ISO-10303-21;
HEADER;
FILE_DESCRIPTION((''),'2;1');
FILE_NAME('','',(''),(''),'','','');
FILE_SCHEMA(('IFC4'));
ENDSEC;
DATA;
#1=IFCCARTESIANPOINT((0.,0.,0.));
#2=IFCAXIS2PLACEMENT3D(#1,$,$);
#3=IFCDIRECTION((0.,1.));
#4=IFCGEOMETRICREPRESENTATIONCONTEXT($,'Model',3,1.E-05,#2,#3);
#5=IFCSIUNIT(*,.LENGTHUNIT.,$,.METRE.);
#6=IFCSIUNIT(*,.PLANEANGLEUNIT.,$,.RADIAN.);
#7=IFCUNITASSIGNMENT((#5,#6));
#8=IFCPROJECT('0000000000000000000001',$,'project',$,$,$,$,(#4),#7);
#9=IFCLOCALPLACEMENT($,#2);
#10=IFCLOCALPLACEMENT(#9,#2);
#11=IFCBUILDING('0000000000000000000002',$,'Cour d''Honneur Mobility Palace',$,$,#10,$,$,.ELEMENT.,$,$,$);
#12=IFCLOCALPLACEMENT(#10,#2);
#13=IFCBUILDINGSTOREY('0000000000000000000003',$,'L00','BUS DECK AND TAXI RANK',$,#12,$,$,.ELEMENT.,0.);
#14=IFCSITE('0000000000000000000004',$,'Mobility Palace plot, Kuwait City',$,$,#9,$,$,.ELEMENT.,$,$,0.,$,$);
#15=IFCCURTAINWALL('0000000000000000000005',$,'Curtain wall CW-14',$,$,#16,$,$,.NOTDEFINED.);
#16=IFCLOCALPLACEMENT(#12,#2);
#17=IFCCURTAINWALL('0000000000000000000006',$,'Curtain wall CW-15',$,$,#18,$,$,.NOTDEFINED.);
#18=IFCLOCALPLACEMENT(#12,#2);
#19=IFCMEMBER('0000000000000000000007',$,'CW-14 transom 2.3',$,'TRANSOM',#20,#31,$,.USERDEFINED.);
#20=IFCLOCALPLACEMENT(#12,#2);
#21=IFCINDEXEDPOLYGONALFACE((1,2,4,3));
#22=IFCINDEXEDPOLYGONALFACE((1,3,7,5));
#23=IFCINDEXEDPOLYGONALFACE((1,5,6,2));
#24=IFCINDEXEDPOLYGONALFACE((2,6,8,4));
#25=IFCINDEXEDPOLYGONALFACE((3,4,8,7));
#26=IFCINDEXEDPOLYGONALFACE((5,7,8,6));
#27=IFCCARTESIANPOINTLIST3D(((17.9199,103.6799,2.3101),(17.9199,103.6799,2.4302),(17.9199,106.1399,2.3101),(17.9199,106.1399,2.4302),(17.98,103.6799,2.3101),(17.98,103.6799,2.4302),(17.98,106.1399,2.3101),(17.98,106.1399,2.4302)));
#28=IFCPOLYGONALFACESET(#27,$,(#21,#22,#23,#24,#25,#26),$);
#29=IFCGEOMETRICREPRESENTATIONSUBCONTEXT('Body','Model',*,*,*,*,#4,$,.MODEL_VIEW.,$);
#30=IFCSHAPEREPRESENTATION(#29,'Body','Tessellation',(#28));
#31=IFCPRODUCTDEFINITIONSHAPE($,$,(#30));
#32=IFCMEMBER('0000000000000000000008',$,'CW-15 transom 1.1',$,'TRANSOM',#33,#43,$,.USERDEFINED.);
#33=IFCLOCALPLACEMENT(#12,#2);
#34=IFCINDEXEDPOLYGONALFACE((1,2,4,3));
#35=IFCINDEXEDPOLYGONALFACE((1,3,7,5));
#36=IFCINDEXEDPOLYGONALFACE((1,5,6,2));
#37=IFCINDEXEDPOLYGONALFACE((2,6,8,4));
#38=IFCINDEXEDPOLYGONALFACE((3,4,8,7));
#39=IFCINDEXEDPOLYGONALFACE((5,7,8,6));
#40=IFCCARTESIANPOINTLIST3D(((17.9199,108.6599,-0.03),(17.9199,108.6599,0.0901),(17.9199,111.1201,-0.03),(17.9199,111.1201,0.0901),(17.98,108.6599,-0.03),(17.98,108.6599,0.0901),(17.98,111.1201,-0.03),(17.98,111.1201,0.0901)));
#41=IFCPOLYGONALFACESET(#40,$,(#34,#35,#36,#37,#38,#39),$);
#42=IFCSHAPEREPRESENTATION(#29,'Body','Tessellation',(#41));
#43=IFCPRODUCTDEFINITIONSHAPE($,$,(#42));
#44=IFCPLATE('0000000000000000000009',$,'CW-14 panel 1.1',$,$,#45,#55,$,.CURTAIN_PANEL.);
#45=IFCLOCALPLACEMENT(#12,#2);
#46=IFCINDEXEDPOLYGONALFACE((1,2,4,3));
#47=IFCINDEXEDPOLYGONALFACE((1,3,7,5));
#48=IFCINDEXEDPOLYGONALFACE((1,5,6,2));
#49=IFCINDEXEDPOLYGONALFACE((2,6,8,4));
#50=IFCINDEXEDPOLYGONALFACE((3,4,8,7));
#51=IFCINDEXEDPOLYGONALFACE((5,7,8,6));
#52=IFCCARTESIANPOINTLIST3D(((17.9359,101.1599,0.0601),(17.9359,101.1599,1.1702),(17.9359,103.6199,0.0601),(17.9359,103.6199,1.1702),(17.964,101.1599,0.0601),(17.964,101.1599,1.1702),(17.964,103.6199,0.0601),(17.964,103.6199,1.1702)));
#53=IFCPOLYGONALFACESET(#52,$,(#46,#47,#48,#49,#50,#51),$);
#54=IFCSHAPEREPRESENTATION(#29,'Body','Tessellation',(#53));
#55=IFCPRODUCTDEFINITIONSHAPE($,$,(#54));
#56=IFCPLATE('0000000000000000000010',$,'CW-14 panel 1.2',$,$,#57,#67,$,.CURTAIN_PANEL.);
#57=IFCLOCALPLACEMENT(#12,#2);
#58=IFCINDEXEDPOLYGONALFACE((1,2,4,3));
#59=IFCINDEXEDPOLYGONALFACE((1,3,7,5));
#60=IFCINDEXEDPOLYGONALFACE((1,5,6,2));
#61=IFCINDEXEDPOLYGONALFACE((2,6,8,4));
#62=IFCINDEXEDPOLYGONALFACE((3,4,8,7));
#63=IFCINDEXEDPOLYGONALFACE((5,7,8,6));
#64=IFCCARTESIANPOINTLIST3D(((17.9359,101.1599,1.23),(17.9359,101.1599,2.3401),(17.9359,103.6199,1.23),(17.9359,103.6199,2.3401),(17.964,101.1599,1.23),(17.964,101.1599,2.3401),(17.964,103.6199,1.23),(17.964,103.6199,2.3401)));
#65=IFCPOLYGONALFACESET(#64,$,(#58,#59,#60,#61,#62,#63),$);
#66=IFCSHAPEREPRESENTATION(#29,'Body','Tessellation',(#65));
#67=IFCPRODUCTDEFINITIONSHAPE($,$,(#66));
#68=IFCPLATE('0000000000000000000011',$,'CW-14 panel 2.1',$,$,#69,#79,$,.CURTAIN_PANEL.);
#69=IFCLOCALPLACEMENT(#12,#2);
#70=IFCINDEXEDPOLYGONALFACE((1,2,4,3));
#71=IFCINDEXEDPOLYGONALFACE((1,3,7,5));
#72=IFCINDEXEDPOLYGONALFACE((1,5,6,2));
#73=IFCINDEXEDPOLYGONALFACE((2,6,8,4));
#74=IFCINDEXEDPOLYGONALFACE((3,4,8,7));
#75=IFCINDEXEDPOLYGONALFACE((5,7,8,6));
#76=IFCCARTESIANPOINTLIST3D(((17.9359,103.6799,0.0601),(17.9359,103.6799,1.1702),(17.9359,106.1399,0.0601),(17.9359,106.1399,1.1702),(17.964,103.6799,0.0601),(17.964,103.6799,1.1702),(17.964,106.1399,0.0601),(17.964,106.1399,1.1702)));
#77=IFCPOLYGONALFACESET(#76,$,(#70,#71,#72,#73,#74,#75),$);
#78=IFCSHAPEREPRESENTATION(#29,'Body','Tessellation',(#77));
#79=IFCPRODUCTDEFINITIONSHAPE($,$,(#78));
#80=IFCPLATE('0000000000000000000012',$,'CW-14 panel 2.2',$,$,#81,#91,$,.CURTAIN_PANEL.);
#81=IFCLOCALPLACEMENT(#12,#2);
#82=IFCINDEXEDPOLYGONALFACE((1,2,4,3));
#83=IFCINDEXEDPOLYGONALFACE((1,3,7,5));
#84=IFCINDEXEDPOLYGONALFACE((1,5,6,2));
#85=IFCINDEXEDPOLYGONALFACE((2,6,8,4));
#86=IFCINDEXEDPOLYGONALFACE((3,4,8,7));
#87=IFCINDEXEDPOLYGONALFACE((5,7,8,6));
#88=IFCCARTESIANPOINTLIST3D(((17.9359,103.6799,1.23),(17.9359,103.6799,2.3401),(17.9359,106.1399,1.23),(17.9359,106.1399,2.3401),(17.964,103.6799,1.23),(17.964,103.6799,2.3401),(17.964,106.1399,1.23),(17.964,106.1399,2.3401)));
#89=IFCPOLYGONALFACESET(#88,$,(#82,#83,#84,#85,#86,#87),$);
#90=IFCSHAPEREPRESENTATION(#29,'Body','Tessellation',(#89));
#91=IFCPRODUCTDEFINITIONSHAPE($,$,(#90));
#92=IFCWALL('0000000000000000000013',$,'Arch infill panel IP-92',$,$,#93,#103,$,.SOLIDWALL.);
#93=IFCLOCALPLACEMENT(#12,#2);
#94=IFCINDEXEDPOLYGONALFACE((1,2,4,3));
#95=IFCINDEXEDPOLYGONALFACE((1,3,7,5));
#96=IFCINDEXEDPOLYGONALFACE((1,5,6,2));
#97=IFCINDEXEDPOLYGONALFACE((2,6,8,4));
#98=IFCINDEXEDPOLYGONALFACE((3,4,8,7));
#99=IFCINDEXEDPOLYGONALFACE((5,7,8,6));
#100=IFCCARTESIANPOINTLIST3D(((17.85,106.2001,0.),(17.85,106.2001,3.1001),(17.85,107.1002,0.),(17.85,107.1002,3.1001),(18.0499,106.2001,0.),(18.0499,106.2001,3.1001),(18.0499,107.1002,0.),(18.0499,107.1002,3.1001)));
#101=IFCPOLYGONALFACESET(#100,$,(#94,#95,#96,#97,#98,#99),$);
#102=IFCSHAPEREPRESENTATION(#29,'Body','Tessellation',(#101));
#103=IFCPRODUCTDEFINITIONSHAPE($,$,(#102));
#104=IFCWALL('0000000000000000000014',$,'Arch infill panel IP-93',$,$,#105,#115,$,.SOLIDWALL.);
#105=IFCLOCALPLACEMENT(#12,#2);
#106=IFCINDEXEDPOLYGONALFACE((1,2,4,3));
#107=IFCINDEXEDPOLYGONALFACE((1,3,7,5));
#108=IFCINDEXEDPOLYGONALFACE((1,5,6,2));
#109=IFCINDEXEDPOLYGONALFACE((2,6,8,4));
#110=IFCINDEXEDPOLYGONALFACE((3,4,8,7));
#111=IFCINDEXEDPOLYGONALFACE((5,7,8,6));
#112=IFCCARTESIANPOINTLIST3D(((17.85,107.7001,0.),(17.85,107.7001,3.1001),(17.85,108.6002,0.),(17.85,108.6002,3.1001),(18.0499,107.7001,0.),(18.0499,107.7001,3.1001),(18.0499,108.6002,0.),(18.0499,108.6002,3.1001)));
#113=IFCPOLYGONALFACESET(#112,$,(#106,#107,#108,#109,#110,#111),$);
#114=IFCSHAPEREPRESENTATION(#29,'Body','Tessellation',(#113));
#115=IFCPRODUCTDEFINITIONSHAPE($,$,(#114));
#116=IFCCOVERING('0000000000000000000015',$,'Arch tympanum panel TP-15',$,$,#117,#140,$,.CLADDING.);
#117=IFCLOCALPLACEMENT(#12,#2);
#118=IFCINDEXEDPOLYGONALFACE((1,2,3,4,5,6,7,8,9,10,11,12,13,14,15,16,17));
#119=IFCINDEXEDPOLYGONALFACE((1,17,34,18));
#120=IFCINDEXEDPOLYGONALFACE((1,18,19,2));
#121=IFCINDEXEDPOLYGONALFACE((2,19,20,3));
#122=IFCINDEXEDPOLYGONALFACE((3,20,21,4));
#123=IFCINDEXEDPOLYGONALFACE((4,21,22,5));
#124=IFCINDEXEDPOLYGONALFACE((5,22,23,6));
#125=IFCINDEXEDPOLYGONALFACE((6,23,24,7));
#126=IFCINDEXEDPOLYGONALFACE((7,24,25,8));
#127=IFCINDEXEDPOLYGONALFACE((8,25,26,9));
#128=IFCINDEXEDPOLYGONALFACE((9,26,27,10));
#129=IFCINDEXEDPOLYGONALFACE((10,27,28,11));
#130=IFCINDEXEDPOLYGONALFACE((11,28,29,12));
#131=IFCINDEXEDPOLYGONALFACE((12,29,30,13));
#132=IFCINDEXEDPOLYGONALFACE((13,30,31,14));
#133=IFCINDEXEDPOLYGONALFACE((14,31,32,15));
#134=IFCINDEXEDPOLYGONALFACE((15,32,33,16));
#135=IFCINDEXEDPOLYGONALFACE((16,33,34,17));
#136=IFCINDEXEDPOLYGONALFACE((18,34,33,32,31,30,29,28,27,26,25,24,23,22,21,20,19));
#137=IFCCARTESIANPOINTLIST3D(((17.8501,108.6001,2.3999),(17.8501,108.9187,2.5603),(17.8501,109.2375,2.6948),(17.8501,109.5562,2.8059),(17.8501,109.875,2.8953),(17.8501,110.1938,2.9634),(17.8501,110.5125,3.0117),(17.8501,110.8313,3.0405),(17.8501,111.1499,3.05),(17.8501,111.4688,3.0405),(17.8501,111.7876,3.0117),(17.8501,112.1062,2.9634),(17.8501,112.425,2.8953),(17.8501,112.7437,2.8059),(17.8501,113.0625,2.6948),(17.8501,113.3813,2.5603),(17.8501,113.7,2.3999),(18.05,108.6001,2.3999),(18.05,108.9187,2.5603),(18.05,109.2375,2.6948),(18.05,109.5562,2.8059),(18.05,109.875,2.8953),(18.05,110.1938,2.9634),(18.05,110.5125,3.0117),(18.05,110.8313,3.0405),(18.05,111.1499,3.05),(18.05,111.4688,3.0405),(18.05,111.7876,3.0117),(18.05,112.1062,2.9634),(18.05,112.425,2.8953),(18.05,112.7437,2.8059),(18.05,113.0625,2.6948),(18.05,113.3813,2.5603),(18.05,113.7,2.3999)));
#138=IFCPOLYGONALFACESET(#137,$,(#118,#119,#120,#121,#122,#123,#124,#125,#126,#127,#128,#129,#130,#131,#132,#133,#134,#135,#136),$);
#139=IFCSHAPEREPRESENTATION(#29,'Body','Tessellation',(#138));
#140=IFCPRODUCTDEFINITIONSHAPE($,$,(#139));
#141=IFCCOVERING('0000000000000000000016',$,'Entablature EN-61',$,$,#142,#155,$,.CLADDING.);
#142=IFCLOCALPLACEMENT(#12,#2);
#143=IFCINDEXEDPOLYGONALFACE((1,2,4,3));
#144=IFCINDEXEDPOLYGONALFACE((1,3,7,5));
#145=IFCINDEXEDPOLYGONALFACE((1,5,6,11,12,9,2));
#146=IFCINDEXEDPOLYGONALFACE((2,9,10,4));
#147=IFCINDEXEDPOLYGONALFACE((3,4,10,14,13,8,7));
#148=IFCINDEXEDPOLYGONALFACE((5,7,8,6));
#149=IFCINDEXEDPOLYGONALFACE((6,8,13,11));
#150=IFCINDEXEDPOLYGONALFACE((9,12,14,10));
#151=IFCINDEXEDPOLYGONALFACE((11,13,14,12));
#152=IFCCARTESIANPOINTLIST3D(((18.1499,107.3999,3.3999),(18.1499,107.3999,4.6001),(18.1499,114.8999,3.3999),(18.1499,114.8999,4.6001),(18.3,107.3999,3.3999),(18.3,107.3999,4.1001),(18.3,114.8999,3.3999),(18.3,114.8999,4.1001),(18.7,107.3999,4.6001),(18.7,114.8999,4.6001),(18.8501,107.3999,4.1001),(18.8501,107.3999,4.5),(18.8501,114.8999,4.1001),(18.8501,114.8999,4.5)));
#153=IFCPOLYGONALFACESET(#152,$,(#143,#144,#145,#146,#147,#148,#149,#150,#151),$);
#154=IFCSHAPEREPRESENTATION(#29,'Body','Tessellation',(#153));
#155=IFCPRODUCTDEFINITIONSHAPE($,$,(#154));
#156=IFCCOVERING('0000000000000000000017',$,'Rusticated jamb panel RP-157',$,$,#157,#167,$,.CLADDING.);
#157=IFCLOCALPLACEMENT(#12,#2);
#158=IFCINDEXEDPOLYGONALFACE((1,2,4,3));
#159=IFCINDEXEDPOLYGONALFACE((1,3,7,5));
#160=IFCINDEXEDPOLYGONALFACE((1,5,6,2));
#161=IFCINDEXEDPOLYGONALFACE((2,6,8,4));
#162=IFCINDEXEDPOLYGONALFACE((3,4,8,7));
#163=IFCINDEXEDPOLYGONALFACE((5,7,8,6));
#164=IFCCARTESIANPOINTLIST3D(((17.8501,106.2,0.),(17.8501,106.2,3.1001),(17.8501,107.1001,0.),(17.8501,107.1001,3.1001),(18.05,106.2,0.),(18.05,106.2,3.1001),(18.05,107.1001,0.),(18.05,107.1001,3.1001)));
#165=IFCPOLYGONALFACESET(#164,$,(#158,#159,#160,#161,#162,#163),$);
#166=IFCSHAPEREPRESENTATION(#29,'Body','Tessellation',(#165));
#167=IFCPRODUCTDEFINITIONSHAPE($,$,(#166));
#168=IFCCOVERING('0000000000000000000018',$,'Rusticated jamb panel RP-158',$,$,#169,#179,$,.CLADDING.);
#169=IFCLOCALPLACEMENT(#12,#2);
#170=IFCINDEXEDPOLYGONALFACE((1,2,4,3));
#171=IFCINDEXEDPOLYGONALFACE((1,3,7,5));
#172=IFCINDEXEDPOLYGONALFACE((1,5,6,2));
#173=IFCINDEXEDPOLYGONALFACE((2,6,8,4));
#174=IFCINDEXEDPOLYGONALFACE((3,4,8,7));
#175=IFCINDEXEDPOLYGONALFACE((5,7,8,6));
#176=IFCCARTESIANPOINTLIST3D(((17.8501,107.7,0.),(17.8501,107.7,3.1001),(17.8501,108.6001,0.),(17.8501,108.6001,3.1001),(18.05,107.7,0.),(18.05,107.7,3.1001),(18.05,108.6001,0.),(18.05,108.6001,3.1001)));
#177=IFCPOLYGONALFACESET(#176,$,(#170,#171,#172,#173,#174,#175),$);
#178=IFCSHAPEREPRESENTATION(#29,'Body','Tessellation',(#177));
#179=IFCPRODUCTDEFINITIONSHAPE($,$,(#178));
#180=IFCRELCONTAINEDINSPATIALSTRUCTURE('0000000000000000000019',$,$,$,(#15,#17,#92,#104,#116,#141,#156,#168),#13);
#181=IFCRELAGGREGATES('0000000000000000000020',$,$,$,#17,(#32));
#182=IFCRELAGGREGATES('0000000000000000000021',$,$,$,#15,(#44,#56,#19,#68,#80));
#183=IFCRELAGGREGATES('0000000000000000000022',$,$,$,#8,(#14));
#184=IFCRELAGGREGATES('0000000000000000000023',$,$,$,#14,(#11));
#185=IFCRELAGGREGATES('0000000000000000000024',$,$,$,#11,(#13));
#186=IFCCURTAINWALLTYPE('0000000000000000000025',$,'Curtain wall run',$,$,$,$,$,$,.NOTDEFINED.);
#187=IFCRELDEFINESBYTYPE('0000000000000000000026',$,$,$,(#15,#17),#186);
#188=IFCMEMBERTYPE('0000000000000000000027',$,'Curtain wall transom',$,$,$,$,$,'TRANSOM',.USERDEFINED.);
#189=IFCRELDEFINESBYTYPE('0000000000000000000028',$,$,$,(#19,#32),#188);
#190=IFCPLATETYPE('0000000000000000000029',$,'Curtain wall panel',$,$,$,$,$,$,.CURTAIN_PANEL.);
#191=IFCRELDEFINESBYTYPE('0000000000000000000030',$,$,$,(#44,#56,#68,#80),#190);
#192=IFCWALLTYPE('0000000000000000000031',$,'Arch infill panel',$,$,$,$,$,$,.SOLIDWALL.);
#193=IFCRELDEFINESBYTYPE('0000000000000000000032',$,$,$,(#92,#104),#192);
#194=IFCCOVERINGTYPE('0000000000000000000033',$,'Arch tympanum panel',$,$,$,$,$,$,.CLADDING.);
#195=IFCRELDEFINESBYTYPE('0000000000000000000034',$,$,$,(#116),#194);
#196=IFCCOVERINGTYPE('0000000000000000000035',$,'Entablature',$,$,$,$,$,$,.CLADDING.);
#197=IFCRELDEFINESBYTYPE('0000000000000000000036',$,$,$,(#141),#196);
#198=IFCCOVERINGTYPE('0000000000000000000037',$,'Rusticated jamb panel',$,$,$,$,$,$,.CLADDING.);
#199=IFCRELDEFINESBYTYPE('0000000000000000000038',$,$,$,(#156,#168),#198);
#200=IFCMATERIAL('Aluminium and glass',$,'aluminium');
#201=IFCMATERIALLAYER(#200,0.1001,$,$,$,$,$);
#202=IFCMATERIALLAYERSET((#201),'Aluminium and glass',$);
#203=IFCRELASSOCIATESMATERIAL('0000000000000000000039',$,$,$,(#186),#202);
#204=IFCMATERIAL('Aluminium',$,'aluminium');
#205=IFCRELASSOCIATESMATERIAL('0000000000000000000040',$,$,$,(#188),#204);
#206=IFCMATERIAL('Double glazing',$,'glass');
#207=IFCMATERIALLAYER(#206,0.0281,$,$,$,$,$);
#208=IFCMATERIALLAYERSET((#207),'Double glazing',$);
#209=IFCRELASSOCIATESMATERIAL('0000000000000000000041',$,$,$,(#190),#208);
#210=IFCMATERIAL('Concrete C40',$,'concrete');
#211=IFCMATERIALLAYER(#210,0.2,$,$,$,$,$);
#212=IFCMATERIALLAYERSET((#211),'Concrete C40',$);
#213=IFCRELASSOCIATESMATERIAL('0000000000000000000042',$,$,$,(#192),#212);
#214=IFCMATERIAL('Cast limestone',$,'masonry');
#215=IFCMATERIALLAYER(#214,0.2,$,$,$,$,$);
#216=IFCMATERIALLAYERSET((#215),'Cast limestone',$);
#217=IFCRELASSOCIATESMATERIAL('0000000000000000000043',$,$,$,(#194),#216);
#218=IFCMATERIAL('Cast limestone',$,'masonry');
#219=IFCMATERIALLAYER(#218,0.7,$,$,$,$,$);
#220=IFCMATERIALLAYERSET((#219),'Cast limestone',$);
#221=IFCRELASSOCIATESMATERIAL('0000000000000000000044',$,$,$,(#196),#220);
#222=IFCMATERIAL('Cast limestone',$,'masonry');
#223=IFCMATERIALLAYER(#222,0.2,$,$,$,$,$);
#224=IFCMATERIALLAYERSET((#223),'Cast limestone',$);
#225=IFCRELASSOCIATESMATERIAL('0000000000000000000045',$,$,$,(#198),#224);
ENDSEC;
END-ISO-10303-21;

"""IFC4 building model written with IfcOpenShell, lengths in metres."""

from ifc_helpers import new_model, si_unit, direction, frame, frame_2d, origin, origin_2d, place, context, subcontext, project, spatial, polyline, rectangle, outline, extrude, material, layer, layer_set, material_profile, profile_set, type_object, element, aggregate, save


model = new_model("IFC4")

# Units and contexts
model_context = context("Model", 3, precision=1e-05, world=origin(), true_north=direction((0.0, 1.0)))
body_context = subcontext(model_context, "Body", "Model", "MODEL_VIEW")
ifc_project = project(units=[si_unit("LENGTHUNIT", "METRE"), si_unit("PLANEANGLEUNIT", "RADIAN")], contexts=[model_context])

# Site, building, storey
site_placement = place(None, origin())
site = spatial("IfcSite", under=ifc_project, at=site_placement, Name="Mobility Palace plot, Kuwait City", CompositionType="ELEMENT", RefElevation=0.0)
building_placement = place(site_placement, origin())
building = spatial("IfcBuilding", under=site, at=building_placement, Name="Cour d'Honneur Mobility Palace", CompositionType="ELEMENT")
storey_placement = place(building_placement, origin())
storey = spatial("IfcBuildingStorey", under=building, at=storey_placement, Name="L00", Description="BUS DECK AND TAXI RANK", CompositionType="ELEMENT", Elevation=0.0)

# Curtain wall
ifc_material_1 = material(Name="Aluminium and glass", Category="aluminium")
ifc_layer_1 = layer(ifc_material_1, 0.1001)
ifc_layer_set_1 = layer_set([ifc_layer_1], Name="Aluminium and glass")
curtain_wall_type = type_object("IfcCurtainWallType", Name="Curtain wall run", PredefinedType="NOTDEFINED", material=ifc_layer_set_1)
curtain_wall_1_placement = place(storey_placement, origin())
curtain_wall_1 = element("IfcCurtainWall", 1, at=curtain_wall_1_placement, inside=storey, type_object=curtain_wall_type, Name="Curtain wall CW-14", PredefinedType="NOTDEFINED")

# Curtain wall
curtain_wall_2_placement = place(storey_placement, origin())
curtain_wall_2 = element("IfcCurtainWall", 2, at=curtain_wall_2_placement, inside=storey, type_object=curtain_wall_type, Name="Curtain wall CW-15", PredefinedType="NOTDEFINED")

# Members
ifc_material_2 = material(Name="Aluminium", Category="aluminium")
ifc_material_profile_1 = material_profile(ifc_material_2, rectangle(XDim=0.0601, YDim=0.1201, at=origin_2d()), Name="Curtain wall transom")
ifc_profile_set_1 = profile_set([ifc_material_profile_1], Name="Aluminium")
member_type_1 = type_object("IfcMemberType", Name="Curtain wall transom", ElementType="TRANSOM", PredefinedType="USERDEFINED", material=ifc_profile_set_1)
member_1_placement = place(storey_placement, frame((17.95, 103.6799, 2.3701), z_axis=(0.0, 1.0, 0.0), x_axis=(-1.0, 0.0, 0.0)))
member_1 = element("IfcMember", 3, at=member_1_placement, type_object=member_type_1, Name="CW-14 transom 2.3", ObjectType="TRANSOM", PredefinedType="USERDEFINED", context=body_context, shape_type="SweptSolid", body=[
    extrude(rectangle(XDim=0.0601, YDim=0.1201, at=origin_2d()), origin(), (0.0, 0.0, 1.0), 2.46),
])
member_2_placement = place(storey_placement, frame((17.95, 108.6599, 0.03), z_axis=(0.0, 1.0, 0.0), x_axis=(-1.0, 0.0, 0.0)))
member_2 = element("IfcMember", 4, at=member_2_placement, type_object=member_type_1, Name="CW-15 transom 1.1", ObjectType="TRANSOM", PredefinedType="USERDEFINED", context=body_context, shape_type="SweptSolid", body=[
    extrude(rectangle(XDim=0.0601, YDim=0.1201, at=origin_2d()), origin(), (0.0, 0.0, 1.0), 2.4602),
])
aggregate(curtain_wall_2, [member_2])

# Plates
ifc_material_3 = material(Name="Double glazing", Category="glass")
ifc_layer_2 = layer(ifc_material_3, 0.0281)
ifc_layer_set_2 = layer_set([ifc_layer_2], Name="Double glazing")
plate_type = type_object("IfcPlateType", Name="Curtain wall panel", PredefinedType="CURTAIN_PANEL", material=ifc_layer_set_2)
plate_1_placement = place(storey_placement, frame((17.95, 102.3899, 0.0601), z_axis=(0.0, 0.0, 1.0), x_axis=(0.0, 1.0, 0.0)))
plate_1 = element("IfcPlate", 5, at=plate_1_placement, type_object=plate_type, Name="CW-14 panel 1.1", PredefinedType="CURTAIN_PANEL", context=body_context, shape_type="SweptSolid", body=[
    extrude(rectangle(XDim=2.46, YDim=0.0281, at=origin_2d()), origin(), (0.0, 0.0, 1.0), 1.1101),
])
plate_2_placement = place(storey_placement, frame((17.95, 102.3899, 1.23), z_axis=(0.0, 0.0, 1.0), x_axis=(0.0, 1.0, 0.0)))
plate_2 = element("IfcPlate", 6, at=plate_2_placement, type_object=plate_type, Name="CW-14 panel 1.2", PredefinedType="CURTAIN_PANEL", context=body_context, shape_type="SweptSolid", body=[
    extrude(rectangle(XDim=2.46, YDim=0.0281, at=origin_2d()), origin(), (0.0, 0.0, 1.0), 1.1101),
])
plate_3_placement = place(storey_placement, frame((17.95, 104.9099, 0.0601), z_axis=(0.0, 0.0, 1.0), x_axis=(0.0, 1.0, 0.0)))
plate_3 = element("IfcPlate", 7, at=plate_3_placement, type_object=plate_type, Name="CW-14 panel 2.1", PredefinedType="CURTAIN_PANEL", context=body_context, shape_type="SweptSolid", body=[
    extrude(rectangle(XDim=2.46, YDim=0.0281, at=origin_2d()), origin(), (0.0, 0.0, 1.0), 1.1101),
])
plate_4_placement = place(storey_placement, frame((17.95, 104.9099, 1.23), z_axis=(0.0, 0.0, 1.0), x_axis=(0.0, 1.0, 0.0)))
plate_4 = element("IfcPlate", 8, at=plate_4_placement, type_object=plate_type, Name="CW-14 panel 2.2", PredefinedType="CURTAIN_PANEL", context=body_context, shape_type="SweptSolid", body=[
    extrude(rectangle(XDim=2.46, YDim=0.0281, at=origin_2d()), origin(), (0.0, 0.0, 1.0), 1.1101),
])
aggregate(curtain_wall_1, [plate_1, plate_2, member_1, plate_3, plate_4])

# Walls
ifc_material_4 = material(Name="Concrete C40", Category="concrete")
ifc_layer_3 = layer(ifc_material_4, 0.2)
ifc_layer_set_3 = layer_set([ifc_layer_3], Name="Concrete C40")
wall_type = type_object("IfcWallType", Name="Arch infill panel", PredefinedType="SOLIDWALL", material=ifc_layer_set_3)
for number, where, z_axis, x_axis, name in (
    (9, (17.95, 106.2, 0.0), (0.0, 0.0, 1.0), (0.0, 1.0, 0.0), "Arch infill panel IP-92"),
    (10, (17.95, 107.7, 0.0), (0.0, 0.0, 1.0), (0.0, 1.0, 0.0), "Arch infill panel IP-93"),
):
    element("IfcWall", number, at=place(storey_placement, frame(where, z_axis=z_axis, x_axis=x_axis)), inside=storey, type_object=wall_type, Name=name, PredefinedType="SOLIDWALL", context=body_context, shape_type="SweptSolid", body=[
        extrude(rectangle(XDim=0.9001, YDim=0.2, at=frame_2d((0.4502, 0.0))), origin(), (0.0, 0.0, 1.0), 3.1001),
    ])

# Coverings
ifc_material_5 = material(Name="Cast limestone", Category="masonry")
ifc_layer_4 = layer(ifc_material_5, 0.2)
ifc_layer_set_4 = layer_set([ifc_layer_4], Name="Cast limestone")
covering_type_1 = type_object("IfcCoveringType", Name="Arch tympanum panel", PredefinedType="CLADDING", material=ifc_layer_set_4)
covering_1_placement = place(storey_placement, frame((18.05, 108.6001, 2.3999), z_axis=(1.0, 0.0, 0.0), x_axis=(0.0, 1.0, 0.0)))
element("IfcCovering", 11, at=covering_1_placement, inside=storey, type_object=covering_type_1, Name="Arch tympanum panel TP-15", PredefinedType="CLADDING", context=body_context, shape_type="SweptSolid", body=[
    extrude(outline(polyline([(0.0, 0.0), (5.0999, 0.0), (5.0999, 0.0), (4.7812, 0.1604), (4.4624, 0.2949), (4.1436, 0.406), (3.825, 0.4954), (3.5061, 0.5635), (3.1875, 0.6118), (2.8687, 0.6406), (2.5498, 0.6501), (2.2312, 0.6406), (1.9124, 0.6118), (1.5938, 0.5635), (1.2749, 0.4954), (0.9561, 0.406), (0.6375, 0.2949), (0.3186, 0.1604), (0.0, 0.0), (0.0, 0.0)])), origin(), (0.0, 0.0, -1.0), 0.2),
])
ifc_material_6 = material(Name="Cast limestone", Category="masonry")
ifc_layer_5 = layer(ifc_material_6, 0.7)
ifc_layer_set_5 = layer_set([ifc_layer_5], Name="Cast limestone")
covering_type_2 = type_object("IfcCoveringType", Name="Entablature", PredefinedType="CLADDING", material=ifc_layer_set_5)
covering_2_placement = place(storey_placement, frame((18.1499, 107.3999, 3.3999), z_axis=(0.0, -1.0, 0.0), x_axis=(1.0, 0.0, 0.0)))
element("IfcCovering", 12, at=covering_2_placement, inside=storey, type_object=covering_type_2, Name="Entablature EN-61", PredefinedType="CLADDING", context=body_context, shape_type="SweptSolid", body=[
    extrude(outline(polyline([(0.0, 0.0), (0.1501, 0.0), (0.1501, 0.7002), (0.7002, 0.7002), (0.7002, 1.1001), (0.55, 1.2002), (0.0, 1.2002), (0.0, 0.0)])), origin(), (0.0, 0.0, -1.0), 7.5),
])
ifc_material_7 = material(Name="Cast limestone", Category="masonry")
ifc_layer_6 = layer(ifc_material_7, 0.2)
ifc_layer_set_6 = layer_set([ifc_layer_6], Name="Cast limestone")
covering_type_3 = type_object("IfcCoveringType", Name="Rusticated jamb panel", PredefinedType="CLADDING", material=ifc_layer_set_6)
for number, where, z_axis, x_axis, name in (
    (13, (18.05, 106.2, 0.0), (1.0, 0.0, 0.0), (0.0, 1.0, 0.0), "Rusticated jamb panel RP-157"),
    (14, (18.05, 107.7, 0.0), (1.0, 0.0, 0.0), (0.0, 1.0, 0.0), "Rusticated jamb panel RP-158"),
):
    element("IfcCovering", number, at=place(storey_placement, frame(where, z_axis=z_axis, x_axis=x_axis)), inside=storey, type_object=covering_type_3, Name=name, PredefinedType="CLADDING", context=body_context, shape_type="SweptSolid", body=[
        extrude(outline(polyline([(0.0, 0.0), (0.9001, 0.0), (0.9001, 3.1001), (0.0, 3.1001), (0.0, 0.0)])), origin(), (0.0, 0.0, -1.0), 0.2),
    ])

save(model, "model.ifc")
